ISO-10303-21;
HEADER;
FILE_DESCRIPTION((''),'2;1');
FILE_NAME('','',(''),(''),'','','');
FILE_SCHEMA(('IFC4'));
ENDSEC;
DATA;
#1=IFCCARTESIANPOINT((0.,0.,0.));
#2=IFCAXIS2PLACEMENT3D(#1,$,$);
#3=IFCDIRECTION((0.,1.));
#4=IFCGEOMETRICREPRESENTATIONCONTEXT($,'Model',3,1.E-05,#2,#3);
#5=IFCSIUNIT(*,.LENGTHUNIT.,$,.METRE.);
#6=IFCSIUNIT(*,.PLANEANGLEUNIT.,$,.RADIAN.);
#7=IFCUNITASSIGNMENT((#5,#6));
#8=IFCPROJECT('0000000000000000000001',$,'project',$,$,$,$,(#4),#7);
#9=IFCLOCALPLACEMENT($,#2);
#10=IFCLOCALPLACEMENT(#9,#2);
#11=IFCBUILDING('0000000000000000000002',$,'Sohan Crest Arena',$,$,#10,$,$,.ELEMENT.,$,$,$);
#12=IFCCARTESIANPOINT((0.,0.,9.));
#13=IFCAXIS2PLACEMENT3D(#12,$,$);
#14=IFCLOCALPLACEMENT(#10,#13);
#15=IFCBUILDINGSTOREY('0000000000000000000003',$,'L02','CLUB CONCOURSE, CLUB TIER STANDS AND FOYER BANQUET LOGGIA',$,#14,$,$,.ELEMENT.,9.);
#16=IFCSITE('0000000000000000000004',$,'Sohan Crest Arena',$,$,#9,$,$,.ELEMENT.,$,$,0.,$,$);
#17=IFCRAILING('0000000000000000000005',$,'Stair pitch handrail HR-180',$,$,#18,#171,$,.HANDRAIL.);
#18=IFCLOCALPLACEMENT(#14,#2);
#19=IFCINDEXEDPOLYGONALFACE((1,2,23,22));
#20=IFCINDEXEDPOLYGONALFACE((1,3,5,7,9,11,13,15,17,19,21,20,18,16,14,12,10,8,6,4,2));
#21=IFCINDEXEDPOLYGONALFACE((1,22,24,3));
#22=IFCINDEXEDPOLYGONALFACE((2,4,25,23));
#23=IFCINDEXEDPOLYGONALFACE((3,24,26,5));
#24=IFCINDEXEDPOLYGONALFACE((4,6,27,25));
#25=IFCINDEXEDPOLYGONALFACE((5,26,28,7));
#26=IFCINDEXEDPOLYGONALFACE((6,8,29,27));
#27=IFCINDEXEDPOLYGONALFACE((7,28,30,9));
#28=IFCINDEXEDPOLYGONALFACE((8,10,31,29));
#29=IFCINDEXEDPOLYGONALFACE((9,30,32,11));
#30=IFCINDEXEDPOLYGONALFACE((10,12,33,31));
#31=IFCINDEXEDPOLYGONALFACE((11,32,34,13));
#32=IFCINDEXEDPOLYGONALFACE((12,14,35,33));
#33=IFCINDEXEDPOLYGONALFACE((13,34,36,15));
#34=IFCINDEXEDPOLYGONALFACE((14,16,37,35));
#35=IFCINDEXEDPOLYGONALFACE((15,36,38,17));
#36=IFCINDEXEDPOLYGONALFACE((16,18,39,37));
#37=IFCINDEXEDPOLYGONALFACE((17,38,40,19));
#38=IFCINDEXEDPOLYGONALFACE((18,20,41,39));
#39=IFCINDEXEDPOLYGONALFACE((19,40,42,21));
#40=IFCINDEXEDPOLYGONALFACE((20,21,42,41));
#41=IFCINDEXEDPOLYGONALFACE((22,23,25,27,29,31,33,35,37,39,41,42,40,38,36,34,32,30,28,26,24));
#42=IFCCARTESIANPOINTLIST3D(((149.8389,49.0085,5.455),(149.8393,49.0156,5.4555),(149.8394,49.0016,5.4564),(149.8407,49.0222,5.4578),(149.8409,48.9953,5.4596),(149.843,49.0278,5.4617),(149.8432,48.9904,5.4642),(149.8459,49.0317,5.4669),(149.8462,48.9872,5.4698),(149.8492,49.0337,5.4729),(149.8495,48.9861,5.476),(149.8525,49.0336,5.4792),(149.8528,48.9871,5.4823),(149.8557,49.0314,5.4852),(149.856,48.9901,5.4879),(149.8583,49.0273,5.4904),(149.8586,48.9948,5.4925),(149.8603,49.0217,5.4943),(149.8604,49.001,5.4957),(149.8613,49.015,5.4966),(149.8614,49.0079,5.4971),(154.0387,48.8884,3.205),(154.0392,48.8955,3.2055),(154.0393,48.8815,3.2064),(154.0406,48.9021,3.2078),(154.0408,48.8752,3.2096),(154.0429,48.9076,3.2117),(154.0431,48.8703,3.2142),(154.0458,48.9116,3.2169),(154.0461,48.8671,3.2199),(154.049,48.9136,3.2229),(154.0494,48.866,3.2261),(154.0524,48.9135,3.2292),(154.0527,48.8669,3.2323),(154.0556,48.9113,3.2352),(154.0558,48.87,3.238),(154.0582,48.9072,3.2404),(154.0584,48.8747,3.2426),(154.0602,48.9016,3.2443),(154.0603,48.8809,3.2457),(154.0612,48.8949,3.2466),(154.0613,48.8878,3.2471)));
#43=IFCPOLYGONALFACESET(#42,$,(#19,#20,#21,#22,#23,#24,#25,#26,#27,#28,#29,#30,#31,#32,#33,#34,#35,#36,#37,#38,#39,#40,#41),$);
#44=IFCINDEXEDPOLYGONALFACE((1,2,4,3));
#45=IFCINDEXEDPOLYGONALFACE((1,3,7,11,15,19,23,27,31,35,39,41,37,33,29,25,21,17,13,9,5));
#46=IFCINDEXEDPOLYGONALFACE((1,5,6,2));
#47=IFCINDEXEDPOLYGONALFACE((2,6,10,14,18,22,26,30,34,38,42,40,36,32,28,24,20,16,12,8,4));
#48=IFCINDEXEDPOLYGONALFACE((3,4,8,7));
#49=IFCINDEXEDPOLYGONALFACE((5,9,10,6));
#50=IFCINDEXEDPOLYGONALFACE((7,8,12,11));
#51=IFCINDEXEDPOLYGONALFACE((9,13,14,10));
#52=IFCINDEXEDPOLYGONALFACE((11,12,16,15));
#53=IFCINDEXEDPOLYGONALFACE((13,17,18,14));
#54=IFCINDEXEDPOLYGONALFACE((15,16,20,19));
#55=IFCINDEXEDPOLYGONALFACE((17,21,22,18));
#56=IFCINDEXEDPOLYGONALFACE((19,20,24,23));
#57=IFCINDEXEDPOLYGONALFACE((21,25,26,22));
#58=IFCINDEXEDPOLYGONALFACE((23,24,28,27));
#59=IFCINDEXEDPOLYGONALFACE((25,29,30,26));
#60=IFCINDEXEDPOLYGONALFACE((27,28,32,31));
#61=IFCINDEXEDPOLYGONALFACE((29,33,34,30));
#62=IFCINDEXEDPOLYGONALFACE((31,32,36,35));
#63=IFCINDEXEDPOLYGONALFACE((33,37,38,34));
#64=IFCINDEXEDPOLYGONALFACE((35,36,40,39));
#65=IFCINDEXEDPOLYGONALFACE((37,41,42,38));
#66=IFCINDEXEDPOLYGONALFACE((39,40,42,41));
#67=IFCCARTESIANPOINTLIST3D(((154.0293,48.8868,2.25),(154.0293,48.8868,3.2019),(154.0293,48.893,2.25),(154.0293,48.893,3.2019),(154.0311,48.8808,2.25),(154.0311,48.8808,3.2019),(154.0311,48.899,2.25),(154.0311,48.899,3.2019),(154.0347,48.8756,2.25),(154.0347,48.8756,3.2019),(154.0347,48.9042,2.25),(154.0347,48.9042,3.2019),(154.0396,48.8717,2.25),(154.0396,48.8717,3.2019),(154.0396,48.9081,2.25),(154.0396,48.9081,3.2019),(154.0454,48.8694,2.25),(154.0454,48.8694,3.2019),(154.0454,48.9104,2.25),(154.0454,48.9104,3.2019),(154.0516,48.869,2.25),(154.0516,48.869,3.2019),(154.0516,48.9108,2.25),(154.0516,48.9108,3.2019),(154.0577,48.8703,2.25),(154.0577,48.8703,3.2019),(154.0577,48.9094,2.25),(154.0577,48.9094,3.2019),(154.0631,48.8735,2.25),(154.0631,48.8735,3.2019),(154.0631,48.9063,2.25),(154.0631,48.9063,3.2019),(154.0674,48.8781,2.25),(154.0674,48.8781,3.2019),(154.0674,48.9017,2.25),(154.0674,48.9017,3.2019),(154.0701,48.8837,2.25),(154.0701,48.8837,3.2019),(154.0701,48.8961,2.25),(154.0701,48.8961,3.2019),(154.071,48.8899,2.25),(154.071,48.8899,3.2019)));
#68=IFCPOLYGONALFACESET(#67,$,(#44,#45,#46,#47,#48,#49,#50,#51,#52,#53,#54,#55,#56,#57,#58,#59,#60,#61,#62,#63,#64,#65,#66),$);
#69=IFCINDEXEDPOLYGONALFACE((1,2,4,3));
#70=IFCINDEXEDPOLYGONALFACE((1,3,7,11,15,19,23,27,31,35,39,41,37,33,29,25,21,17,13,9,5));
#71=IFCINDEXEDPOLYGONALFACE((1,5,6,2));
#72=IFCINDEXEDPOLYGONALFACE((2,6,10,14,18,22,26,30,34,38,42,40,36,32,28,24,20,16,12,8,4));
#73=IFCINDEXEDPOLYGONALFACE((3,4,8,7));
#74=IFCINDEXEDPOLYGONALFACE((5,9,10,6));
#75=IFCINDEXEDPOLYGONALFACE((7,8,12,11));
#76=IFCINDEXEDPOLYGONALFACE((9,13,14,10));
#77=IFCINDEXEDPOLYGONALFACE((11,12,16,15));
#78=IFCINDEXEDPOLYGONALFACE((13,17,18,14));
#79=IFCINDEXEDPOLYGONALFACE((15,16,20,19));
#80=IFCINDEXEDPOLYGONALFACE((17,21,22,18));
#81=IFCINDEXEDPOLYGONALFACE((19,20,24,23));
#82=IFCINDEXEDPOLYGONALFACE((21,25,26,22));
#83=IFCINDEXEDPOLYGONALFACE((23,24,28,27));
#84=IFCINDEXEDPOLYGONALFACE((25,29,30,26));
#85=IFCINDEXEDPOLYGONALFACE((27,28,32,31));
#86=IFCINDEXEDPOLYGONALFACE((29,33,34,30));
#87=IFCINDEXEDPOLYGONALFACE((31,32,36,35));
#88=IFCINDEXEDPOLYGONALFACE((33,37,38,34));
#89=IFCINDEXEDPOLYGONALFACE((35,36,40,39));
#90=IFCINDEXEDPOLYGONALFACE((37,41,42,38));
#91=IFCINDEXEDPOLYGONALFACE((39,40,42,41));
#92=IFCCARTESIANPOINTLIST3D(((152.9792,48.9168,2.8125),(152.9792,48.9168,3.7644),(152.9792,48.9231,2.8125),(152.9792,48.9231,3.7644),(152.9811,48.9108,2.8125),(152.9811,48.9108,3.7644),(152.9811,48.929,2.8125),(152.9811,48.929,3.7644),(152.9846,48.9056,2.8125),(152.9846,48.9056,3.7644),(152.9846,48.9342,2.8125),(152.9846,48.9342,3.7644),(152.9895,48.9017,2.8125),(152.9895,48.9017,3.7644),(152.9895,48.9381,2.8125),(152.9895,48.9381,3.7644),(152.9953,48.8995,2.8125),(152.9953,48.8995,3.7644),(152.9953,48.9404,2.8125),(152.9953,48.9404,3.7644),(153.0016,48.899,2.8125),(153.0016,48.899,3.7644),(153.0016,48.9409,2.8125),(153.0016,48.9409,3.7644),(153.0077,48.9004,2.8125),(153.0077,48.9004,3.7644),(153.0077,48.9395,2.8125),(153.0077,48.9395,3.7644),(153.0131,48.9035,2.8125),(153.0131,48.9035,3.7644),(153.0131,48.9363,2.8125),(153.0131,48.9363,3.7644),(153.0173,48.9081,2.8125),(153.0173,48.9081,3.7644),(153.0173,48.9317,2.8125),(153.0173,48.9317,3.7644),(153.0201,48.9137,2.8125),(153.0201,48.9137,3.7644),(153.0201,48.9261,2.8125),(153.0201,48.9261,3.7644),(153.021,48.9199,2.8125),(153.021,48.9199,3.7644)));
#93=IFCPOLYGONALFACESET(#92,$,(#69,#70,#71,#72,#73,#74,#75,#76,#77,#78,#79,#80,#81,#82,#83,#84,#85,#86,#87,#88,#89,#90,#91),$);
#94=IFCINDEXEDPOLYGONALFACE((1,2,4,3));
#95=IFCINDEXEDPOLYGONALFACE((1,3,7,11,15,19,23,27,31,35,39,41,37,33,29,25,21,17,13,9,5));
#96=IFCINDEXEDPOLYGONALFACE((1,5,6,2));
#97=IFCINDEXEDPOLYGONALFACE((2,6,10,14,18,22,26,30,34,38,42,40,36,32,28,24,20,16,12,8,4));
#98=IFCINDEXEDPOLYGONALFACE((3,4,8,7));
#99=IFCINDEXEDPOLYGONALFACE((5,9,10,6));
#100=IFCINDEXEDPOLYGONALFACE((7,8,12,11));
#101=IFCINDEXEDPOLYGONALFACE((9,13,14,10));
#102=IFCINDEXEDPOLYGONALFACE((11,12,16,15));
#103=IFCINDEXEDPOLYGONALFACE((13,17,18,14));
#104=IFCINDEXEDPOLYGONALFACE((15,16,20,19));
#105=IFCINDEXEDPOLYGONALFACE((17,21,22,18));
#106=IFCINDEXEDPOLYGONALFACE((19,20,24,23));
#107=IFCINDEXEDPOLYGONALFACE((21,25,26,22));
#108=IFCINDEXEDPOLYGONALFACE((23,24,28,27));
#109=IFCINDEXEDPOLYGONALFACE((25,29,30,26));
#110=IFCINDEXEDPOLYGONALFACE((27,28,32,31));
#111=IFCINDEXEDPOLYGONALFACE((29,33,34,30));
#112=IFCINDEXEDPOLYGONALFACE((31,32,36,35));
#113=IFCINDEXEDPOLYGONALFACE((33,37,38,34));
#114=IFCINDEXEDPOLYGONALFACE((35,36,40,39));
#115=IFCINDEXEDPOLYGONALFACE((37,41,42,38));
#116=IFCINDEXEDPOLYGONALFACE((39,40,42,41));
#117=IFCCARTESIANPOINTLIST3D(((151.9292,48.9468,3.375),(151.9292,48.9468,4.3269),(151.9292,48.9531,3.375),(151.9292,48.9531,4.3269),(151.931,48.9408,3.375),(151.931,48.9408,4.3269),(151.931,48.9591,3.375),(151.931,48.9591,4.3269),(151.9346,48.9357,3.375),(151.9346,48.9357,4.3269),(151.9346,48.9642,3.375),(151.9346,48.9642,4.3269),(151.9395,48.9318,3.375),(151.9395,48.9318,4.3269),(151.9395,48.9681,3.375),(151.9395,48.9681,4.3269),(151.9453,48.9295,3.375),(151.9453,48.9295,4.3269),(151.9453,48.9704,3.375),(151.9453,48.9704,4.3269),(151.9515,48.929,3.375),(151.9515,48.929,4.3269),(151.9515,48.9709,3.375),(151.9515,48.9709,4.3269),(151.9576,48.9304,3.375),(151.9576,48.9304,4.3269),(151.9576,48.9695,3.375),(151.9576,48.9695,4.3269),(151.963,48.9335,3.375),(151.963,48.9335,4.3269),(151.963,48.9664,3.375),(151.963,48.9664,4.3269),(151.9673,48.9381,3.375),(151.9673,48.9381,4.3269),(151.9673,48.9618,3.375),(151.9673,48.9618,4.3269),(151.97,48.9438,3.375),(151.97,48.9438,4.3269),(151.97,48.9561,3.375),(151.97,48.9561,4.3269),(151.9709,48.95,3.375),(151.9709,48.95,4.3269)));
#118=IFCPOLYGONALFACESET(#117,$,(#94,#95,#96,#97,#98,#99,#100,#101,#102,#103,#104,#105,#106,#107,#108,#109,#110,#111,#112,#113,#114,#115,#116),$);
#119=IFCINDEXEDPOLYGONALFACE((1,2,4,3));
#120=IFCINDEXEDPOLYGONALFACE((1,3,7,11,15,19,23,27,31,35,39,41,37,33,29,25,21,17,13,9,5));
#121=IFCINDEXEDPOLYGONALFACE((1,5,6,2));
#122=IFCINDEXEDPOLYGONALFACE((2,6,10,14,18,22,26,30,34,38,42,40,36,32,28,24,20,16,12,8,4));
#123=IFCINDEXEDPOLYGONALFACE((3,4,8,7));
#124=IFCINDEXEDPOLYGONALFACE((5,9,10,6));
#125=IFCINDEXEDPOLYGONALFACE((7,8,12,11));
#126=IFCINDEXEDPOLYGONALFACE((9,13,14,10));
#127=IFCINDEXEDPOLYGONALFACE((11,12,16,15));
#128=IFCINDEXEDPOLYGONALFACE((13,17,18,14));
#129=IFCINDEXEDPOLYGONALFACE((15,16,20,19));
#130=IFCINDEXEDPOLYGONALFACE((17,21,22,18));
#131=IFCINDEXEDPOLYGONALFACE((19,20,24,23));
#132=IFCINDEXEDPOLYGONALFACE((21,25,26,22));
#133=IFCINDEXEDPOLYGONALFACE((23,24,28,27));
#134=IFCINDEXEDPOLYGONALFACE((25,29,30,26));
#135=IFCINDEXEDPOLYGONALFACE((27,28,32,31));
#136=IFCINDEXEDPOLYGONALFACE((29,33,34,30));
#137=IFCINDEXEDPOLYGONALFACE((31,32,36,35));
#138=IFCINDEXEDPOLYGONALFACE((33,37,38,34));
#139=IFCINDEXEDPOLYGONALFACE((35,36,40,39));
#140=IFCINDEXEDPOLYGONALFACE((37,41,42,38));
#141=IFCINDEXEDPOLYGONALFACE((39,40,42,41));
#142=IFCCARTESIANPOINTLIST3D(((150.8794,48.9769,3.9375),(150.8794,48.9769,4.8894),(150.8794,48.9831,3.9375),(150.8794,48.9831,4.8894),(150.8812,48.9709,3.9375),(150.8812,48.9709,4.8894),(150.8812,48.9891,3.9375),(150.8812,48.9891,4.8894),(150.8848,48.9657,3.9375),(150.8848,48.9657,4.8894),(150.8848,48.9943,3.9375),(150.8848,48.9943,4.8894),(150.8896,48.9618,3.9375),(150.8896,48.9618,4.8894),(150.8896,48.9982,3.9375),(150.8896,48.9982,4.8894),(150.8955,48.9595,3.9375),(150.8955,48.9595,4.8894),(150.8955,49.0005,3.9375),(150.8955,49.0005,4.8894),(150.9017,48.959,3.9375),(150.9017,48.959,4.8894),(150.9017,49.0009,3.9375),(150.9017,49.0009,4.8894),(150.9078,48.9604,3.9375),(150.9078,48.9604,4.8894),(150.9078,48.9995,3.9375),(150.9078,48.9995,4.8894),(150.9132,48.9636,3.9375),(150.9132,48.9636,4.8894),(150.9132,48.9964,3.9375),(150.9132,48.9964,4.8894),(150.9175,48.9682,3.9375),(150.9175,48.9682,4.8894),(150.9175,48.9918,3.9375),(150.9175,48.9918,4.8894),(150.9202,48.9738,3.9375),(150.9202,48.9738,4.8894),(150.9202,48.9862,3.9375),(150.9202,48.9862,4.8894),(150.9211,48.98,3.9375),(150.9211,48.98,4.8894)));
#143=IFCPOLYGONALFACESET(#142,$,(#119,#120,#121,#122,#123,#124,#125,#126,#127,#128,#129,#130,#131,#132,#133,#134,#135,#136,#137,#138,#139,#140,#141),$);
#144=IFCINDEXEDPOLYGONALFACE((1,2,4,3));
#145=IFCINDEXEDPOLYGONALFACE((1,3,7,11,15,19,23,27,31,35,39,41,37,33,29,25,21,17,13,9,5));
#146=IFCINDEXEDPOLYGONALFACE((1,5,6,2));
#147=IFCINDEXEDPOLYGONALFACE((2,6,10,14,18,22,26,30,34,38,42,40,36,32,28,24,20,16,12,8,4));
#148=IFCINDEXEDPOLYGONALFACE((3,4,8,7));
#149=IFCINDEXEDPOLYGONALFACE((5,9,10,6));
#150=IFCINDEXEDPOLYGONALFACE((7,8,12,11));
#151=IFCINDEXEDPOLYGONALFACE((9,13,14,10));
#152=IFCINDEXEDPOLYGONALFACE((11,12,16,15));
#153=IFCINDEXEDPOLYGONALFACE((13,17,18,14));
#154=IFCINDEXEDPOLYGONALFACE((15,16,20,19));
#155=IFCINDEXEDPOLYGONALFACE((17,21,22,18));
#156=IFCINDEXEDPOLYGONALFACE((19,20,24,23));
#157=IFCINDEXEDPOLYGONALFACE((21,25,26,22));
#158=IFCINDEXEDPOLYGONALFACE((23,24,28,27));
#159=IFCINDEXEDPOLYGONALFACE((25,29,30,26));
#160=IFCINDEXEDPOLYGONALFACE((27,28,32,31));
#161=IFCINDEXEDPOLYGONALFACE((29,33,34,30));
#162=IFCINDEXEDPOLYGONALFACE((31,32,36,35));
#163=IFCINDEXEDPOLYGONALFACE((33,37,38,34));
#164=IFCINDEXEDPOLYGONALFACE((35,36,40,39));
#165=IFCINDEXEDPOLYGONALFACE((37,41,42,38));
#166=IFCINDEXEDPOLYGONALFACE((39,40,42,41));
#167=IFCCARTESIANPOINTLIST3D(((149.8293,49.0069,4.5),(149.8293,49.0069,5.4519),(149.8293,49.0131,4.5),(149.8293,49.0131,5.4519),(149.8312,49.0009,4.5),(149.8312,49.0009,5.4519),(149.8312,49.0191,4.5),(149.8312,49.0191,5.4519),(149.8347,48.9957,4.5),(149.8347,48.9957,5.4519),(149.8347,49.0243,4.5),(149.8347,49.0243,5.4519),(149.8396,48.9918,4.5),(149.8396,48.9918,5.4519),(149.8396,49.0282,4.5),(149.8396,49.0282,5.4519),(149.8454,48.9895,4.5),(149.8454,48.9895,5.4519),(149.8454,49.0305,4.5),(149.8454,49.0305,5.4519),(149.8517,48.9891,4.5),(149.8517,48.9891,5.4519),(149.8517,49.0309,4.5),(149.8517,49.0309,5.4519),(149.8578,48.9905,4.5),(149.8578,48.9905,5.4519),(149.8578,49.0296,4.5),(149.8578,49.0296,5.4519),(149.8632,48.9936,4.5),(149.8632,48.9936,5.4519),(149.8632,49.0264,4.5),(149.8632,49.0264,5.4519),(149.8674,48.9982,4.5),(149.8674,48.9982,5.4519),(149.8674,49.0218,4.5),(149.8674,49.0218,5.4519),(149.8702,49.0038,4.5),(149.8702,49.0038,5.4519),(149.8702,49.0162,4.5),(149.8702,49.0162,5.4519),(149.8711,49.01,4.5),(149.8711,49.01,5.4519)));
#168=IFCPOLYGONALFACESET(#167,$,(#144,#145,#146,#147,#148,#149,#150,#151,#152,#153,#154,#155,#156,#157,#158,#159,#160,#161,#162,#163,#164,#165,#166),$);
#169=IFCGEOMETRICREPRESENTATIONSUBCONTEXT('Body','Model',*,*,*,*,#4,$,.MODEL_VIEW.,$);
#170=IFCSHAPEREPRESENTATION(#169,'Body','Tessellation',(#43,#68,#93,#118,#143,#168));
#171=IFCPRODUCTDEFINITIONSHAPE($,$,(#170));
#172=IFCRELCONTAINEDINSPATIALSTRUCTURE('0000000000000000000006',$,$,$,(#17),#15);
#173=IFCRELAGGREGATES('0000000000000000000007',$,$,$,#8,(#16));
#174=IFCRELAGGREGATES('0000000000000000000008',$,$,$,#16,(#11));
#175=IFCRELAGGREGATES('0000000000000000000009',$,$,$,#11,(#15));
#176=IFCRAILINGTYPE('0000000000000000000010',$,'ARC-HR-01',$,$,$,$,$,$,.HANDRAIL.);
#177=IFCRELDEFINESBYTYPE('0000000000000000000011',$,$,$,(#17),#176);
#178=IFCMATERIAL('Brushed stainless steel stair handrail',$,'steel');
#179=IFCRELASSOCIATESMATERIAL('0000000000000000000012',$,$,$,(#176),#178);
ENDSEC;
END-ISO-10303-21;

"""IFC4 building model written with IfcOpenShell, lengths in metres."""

from ifc_helpers import new_model, si_unit, direction, frame, origin, origin_2d, place, context, subcontext, project, spatial, circle, extrude, material, type_object, element, save


model = new_model("IFC4")

# Units and contexts
model_context = context("Model", 3, precision=1e-05, world=origin(), true_north=direction((0.0, 1.0)))
body_context = subcontext(model_context, "Body", "Model", "MODEL_VIEW")
ifc_project = project(units=[si_unit("LENGTHUNIT", "METRE"), si_unit("PLANEANGLEUNIT", "RADIAN")], contexts=[model_context])

# Site, building, storey
site_placement = place(None, origin())
site = spatial("IfcSite", under=ifc_project, at=site_placement, Name="Sohan Crest Arena", CompositionType="ELEMENT", RefElevation=0.0)
building_placement = place(site_placement, origin())
building = spatial("IfcBuilding", under=site, at=building_placement, Name="Sohan Crest Arena", CompositionType="ELEMENT")
storey_placement = place(building_placement, frame((0.0, 0.0, 9.0)))
storey = spatial("IfcBuildingStorey", under=building, at=storey_placement, Name="L02", Description="CLUB CONCOURSE, CLUB TIER STANDS AND FOYER BANQUET LOGGIA", CompositionType="ELEMENT", Elevation=9.0)

# Railing
ifc_material_1 = material(Name="Brushed stainless steel stair handrail", Category="steel")
railing_type_1 = type_object("IfcRailingType", Name="ARC-HR-01", PredefinedType="HANDRAIL", material=ifc_material_1)
railing_1_placement = place(storey_placement, frame((154.05, 48.8899, 2.25)))
element("IfcRailing", 1, at=railing_1_placement, inside=storey, type_object=railing_type_1, Name="Stair pitch handrail HR-180", PredefinedType="HANDRAIL", context=body_context, shape_type="SweptSolid", body=[
    extrude(circle(Radius=0.0239, at=origin_2d()), frame((0.0, 0.0, 0.9761), z_axis=(-0.881198, 0.025202, 0.472076), x_axis=(-0.028588, -0.999591, 0.0)), (0.0, 0.0, 1.0), 4.7661),
    extrude(circle(Radius=0.021, at=origin_2d()), origin(), (0.0, 0.0, 1.0), 0.9519),
    extrude(circle(Radius=0.021, at=origin_2d()), frame((-1.05, 0.03, 0.5625)), (0.0, 0.0, 1.0), 0.9519),
    extrude(circle(Radius=0.021, at=origin_2d()), frame((-2.1001, 0.0601, 1.125)), (0.0, 0.0, 1.0), 0.9519),
    extrude(circle(Radius=0.021, at=origin_2d()), frame((-3.1499, 0.0901, 1.6875)), (0.0, 0.0, 1.0), 0.9519),
    extrude(circle(Radius=0.021, at=origin_2d()), frame((-4.2, 0.1201, 2.25)), (0.0, 0.0, 1.0), 0.9519),
])

save(model, "model.ifc")
